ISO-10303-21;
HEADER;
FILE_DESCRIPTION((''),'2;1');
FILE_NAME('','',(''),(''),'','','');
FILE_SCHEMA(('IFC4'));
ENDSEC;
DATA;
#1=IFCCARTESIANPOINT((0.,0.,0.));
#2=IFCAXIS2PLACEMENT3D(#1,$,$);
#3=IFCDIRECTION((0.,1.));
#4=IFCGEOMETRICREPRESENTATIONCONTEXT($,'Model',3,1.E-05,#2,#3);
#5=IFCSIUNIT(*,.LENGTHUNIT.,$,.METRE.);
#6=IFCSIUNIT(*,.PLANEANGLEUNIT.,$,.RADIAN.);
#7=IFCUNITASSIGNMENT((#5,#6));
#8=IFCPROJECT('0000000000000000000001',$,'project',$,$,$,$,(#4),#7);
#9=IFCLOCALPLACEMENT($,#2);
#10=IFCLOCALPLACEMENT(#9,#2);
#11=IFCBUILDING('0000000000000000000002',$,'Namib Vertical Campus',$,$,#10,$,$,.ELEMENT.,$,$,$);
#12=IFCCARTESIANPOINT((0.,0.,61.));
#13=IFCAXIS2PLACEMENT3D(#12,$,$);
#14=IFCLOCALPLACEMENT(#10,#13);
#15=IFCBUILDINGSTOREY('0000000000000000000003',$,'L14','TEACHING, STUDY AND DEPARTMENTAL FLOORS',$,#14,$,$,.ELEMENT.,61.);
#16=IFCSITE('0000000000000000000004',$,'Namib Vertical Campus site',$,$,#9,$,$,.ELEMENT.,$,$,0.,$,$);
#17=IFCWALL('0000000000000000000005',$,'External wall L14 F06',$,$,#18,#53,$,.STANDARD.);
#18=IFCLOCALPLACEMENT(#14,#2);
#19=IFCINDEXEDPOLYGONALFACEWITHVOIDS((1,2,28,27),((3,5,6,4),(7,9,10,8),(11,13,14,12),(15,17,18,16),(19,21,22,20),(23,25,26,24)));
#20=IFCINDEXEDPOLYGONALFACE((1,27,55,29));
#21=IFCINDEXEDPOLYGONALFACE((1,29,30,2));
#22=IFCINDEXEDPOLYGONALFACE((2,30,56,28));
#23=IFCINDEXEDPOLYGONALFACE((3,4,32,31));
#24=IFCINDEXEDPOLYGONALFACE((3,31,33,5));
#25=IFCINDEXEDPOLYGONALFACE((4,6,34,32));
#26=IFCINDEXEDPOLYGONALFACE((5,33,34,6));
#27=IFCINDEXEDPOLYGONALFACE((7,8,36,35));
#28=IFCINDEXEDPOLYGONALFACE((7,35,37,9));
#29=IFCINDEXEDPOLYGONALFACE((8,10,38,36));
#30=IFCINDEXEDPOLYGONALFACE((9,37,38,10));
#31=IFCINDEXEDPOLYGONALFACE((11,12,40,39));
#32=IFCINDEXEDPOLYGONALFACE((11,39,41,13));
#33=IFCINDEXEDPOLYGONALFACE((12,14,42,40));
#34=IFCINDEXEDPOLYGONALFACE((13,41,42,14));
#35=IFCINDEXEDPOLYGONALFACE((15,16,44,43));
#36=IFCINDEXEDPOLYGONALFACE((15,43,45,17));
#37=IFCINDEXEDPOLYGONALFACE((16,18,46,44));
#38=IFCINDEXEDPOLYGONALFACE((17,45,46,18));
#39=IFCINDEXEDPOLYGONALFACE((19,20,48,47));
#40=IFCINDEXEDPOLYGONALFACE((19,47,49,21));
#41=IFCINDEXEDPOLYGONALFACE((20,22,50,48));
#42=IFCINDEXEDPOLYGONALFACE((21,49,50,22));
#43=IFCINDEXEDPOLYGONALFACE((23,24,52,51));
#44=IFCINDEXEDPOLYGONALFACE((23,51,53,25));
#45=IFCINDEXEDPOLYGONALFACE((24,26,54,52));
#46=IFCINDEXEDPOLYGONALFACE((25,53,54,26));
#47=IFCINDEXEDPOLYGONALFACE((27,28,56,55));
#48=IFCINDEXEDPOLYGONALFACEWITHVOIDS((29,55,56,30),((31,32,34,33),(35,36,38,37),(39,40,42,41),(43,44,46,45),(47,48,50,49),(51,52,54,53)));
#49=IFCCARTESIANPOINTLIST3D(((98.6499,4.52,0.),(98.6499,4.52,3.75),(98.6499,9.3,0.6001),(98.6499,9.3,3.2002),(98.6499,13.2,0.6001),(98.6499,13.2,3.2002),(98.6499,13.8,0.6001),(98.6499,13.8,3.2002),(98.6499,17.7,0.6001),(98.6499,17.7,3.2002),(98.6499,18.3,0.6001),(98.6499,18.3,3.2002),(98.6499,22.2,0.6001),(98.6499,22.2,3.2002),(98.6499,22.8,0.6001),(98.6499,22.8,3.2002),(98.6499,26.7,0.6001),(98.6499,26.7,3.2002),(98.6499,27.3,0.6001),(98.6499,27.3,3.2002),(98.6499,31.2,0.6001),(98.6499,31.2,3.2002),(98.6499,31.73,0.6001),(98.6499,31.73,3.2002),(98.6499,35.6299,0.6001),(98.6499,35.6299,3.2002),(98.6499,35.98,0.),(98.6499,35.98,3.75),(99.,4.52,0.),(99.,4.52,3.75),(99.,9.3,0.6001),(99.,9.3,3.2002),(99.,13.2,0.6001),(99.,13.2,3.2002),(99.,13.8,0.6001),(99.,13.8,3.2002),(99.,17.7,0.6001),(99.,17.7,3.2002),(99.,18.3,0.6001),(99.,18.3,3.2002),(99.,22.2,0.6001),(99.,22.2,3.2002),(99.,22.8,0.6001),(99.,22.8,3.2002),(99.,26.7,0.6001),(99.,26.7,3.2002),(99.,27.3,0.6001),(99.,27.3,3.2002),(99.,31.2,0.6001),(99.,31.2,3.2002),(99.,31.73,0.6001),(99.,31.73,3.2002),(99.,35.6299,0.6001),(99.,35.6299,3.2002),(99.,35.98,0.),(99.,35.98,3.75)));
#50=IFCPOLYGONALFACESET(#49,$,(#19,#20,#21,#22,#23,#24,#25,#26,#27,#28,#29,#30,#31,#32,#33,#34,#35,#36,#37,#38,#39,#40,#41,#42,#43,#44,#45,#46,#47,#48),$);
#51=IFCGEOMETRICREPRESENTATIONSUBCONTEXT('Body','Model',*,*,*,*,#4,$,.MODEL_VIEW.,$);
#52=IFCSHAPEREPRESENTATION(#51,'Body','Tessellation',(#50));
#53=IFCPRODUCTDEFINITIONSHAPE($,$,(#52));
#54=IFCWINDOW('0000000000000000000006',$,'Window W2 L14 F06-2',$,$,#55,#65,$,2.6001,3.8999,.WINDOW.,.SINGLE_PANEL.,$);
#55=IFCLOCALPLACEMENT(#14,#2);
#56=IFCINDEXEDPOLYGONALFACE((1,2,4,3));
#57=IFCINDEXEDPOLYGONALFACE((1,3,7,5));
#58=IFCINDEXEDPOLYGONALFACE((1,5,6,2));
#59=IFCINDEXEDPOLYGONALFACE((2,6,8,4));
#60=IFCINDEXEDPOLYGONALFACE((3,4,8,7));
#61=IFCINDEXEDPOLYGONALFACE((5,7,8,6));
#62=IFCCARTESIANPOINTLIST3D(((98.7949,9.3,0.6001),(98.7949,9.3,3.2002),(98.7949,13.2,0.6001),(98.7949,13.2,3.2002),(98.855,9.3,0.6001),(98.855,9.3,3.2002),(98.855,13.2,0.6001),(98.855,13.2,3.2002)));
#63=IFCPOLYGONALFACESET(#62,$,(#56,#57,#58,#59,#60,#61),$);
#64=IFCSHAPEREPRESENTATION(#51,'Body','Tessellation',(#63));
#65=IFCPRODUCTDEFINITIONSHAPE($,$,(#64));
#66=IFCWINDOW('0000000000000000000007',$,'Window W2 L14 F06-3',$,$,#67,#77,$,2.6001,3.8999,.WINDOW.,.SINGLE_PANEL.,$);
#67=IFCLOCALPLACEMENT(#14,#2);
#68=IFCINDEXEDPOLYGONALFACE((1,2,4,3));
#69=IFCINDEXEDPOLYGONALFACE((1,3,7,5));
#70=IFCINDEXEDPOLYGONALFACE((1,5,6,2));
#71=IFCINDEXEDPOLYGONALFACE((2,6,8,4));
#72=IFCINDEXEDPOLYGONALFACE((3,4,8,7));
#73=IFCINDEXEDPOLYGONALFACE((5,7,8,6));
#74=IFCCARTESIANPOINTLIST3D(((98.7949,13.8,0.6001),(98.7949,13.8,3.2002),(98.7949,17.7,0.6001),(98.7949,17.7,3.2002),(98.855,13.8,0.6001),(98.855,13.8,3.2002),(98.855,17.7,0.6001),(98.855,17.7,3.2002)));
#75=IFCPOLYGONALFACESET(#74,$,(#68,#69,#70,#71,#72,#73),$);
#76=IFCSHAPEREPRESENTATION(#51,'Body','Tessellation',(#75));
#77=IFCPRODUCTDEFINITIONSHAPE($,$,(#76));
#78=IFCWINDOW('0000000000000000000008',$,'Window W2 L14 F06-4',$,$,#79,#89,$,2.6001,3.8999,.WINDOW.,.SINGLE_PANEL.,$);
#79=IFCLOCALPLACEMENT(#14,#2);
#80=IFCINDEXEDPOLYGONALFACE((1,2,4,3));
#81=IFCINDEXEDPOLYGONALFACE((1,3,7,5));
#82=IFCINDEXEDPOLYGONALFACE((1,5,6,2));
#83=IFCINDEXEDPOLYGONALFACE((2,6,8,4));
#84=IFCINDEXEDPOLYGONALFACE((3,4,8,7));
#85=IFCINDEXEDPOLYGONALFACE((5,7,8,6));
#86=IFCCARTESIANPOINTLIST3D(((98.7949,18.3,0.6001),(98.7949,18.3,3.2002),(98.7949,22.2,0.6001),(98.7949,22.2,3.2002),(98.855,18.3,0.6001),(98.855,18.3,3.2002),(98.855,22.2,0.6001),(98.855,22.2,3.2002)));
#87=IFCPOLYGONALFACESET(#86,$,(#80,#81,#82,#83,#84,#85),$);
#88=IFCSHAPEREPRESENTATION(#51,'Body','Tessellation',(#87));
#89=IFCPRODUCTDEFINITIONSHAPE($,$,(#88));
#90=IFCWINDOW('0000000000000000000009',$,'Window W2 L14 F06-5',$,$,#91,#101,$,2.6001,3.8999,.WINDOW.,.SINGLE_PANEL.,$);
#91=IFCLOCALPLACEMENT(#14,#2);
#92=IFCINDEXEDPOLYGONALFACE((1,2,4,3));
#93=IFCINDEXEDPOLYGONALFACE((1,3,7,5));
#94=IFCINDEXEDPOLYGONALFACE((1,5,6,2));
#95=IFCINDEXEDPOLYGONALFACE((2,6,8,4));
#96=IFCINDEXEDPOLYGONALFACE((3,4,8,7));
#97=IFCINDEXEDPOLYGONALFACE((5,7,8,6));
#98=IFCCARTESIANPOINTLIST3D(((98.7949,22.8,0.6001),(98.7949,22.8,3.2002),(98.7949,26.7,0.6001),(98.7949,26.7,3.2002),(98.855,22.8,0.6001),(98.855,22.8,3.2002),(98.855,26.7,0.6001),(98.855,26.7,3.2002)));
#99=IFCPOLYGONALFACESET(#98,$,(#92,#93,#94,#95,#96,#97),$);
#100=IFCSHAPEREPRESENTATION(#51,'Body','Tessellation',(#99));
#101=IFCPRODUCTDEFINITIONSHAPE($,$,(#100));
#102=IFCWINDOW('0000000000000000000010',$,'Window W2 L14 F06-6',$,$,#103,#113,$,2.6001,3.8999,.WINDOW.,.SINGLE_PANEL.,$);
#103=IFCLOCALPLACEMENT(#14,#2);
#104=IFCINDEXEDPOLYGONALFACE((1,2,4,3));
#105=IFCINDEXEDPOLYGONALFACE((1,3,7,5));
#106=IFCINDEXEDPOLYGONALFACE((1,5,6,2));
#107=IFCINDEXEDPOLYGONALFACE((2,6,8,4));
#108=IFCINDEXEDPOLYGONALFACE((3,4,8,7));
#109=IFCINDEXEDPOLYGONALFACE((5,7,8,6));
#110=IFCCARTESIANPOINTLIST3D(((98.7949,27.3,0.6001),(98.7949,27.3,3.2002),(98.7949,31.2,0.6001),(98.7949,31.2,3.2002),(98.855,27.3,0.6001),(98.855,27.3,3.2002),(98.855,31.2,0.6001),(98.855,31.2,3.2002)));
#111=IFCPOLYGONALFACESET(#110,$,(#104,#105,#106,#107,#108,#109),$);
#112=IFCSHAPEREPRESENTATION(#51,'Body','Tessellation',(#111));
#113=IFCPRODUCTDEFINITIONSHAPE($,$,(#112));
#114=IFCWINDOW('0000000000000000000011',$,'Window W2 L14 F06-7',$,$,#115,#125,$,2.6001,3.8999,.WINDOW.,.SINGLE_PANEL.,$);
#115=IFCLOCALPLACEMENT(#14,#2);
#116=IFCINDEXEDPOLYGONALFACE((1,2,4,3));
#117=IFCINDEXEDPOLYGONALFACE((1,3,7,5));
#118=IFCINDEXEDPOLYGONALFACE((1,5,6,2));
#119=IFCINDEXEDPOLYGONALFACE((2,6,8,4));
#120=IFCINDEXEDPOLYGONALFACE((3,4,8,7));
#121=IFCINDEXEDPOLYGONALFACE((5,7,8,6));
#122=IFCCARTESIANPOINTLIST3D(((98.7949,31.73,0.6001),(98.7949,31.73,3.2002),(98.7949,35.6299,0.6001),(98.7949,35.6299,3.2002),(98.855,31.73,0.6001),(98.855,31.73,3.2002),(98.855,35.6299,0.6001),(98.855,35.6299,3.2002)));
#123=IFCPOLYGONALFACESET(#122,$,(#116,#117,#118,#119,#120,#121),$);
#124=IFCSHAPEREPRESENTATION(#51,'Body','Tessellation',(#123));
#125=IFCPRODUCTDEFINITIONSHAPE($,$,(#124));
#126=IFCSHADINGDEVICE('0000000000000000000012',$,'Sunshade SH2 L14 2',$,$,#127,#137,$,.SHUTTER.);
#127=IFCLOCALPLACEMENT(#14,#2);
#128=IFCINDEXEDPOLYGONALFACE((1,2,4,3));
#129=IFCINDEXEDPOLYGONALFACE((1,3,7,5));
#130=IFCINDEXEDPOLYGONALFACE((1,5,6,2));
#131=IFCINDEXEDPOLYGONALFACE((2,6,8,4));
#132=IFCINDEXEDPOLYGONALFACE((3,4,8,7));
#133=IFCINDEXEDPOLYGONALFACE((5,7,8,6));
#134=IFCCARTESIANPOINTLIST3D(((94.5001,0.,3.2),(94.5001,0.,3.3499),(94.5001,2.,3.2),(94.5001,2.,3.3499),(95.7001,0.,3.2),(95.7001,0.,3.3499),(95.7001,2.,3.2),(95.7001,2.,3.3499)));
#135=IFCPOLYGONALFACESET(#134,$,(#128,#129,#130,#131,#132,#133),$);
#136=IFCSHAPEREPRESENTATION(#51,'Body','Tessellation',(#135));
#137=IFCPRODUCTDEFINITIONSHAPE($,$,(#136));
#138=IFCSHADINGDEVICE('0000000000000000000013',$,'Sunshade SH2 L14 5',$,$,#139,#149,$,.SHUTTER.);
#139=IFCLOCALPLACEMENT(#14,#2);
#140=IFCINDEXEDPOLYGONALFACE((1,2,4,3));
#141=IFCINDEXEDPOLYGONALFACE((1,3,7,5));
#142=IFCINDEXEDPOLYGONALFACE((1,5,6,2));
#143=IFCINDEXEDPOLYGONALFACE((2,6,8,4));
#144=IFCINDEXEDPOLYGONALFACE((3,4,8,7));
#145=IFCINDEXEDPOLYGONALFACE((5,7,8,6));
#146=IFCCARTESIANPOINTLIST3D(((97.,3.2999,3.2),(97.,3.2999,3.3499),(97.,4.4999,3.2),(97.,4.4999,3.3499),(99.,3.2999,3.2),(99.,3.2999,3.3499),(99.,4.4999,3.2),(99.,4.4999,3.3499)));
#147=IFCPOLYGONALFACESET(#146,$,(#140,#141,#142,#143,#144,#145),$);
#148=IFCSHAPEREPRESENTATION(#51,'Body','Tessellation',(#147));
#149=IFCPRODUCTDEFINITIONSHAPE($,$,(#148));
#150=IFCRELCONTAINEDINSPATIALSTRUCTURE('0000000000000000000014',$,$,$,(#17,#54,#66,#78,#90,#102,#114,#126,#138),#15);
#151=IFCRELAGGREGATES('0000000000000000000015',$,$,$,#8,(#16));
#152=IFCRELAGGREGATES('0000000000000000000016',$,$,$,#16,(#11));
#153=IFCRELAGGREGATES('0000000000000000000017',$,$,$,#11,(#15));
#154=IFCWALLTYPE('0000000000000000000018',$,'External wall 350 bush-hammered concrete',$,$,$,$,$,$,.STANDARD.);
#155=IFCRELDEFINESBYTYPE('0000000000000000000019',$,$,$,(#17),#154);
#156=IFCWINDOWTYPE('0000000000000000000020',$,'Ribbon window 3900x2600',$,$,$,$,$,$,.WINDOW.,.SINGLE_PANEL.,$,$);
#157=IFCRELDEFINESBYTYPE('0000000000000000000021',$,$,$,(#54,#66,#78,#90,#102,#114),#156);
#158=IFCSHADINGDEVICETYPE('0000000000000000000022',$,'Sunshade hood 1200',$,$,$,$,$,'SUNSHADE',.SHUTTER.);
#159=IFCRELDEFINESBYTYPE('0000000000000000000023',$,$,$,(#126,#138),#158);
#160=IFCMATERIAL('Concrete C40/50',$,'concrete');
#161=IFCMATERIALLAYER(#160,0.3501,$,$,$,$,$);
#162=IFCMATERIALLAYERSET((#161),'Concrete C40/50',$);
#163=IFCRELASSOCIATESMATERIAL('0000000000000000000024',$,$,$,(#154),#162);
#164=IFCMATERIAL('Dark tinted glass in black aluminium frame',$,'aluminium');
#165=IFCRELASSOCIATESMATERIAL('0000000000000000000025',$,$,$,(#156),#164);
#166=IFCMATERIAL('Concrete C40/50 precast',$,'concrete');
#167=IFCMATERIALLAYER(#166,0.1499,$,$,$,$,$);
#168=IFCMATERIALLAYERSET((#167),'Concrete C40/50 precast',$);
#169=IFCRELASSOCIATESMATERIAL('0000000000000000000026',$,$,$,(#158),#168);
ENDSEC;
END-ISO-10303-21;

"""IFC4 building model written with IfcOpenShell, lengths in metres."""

from ifc_helpers import new_model, si_unit, direction, frame, frame_2d, origin, origin_2d, place, context, subcontext, project, spatial, rectangle, extrude, material, layer, layer_set, type_object, element, fill, save


model = new_model("IFC4")

# Units and contexts
model_context = context("Model", 3, precision=1e-05, world=origin(), true_north=direction((0.0, 1.0)))
body_context = subcontext(model_context, "Body", "Model", "MODEL_VIEW")
ifc_project = project(units=[si_unit("LENGTHUNIT", "METRE"), si_unit("PLANEANGLEUNIT", "RADIAN")], contexts=[model_context])

# Site, building, storey
site_placement = place(None, origin())
site = spatial("IfcSite", under=ifc_project, at=site_placement, Name="Namib Vertical Campus site", CompositionType="ELEMENT", RefElevation=0.0)
building_placement = place(site_placement, origin())
building = spatial("IfcBuilding", under=site, at=building_placement, Name="Namib Vertical Campus", CompositionType="ELEMENT")
storey_placement = place(building_placement, frame((0.0, 0.0, 61.0)))
storey = spatial("IfcBuildingStorey", under=building, at=storey_placement, Name="L14", Description="TEACHING, STUDY AND DEPARTMENTAL FLOORS", CompositionType="ELEMENT", Elevation=61.0)

# Shared definitions
ifc_material_1 = material(Name="Concrete C40/50", Category="concrete")
ifc_layer_1 = layer(ifc_material_1, 0.3501)
ifc_layer_set_1 = layer_set([ifc_layer_1], Name="Concrete C40/50")
wall_type = type_object("IfcWallType", Name="External wall 350 bush-hammered concrete", PredefinedType="STANDARD", material=ifc_layer_set_1)

# Wall, openings, windows
wall_1_placement = place(storey_placement, frame((98.825, 4.52, 0.0), z_axis=(0.0, 0.0, 1.0), x_axis=(0.0, 1.0, 0.0)))
wall_1 = element("IfcWall", 1, at=wall_1_placement, inside=storey, type_object=wall_type, Name="External wall L14 F06", PredefinedType="STANDARD", context=body_context, shape_type="SweptSolid", body=[
    extrude(rectangle(XDim=31.46, YDim=0.3501, at=frame_2d((15.73, 0.0))), origin(), (0.0, 0.0, 1.0), 3.75),
])
opening_1_placement = place(wall_1_placement, frame((4.78, 0.0, 0.6001)))
opening_1 = element("IfcOpeningElement", 2, at=opening_1_placement, cuts=wall_1, PredefinedType="OPENING", context=body_context, shape_type="SweptSolid", body=[
    extrude(rectangle(XDim=3.8999, YDim=2.6001, at=frame_2d((1.95, 1.3))), frame((0.0, 0.1851, 0.0), z_axis=(0.0, -1.0, 0.0), x_axis=(1.0, 0.0, 0.0)), (0.0, 0.0, 1.0), 0.3701),
])
opening_2_placement = place(wall_1_placement, frame((9.28, 0.0, 0.6001)))
opening_2 = element("IfcOpeningElement", 3, at=opening_2_placement, cuts=wall_1, PredefinedType="OPENING", context=body_context, shape_type="SweptSolid", body=[
    extrude(rectangle(XDim=3.8999, YDim=2.6001, at=frame_2d((1.95, 1.3))), frame((0.0, 0.1851, 0.0), z_axis=(0.0, -1.0, 0.0), x_axis=(1.0, 0.0, 0.0)), (0.0, 0.0, 1.0), 0.3701),
])
opening_3_placement = place(wall_1_placement, frame((13.78, 0.0, 0.6001)))
opening_3 = element("IfcOpeningElement", 4, at=opening_3_placement, cuts=wall_1, PredefinedType="OPENING", context=body_context, shape_type="SweptSolid", body=[
    extrude(rectangle(XDim=3.8999, YDim=2.6001, at=frame_2d((1.95, 1.3))), frame((0.0, 0.1851, 0.0), z_axis=(0.0, -1.0, 0.0), x_axis=(1.0, 0.0, 0.0)), (0.0, 0.0, 1.0), 0.3701),
])
opening_4_placement = place(wall_1_placement, frame((18.28, 0.0, 0.6001)))
opening_4 = element("IfcOpeningElement", 5, at=opening_4_placement, cuts=wall_1, PredefinedType="OPENING", context=body_context, shape_type="SweptSolid", body=[
    extrude(rectangle(XDim=3.8999, YDim=2.6001, at=frame_2d((1.95, 1.3))), frame((0.0, 0.1851, 0.0), z_axis=(0.0, -1.0, 0.0), x_axis=(1.0, 0.0, 0.0)), (0.0, 0.0, 1.0), 0.3701),
])
opening_5_placement = place(wall_1_placement, frame((22.78, 0.0, 0.6001)))
opening_5 = element("IfcOpeningElement", 6, at=opening_5_placement, cuts=wall_1, PredefinedType="OPENING", context=body_context, shape_type="SweptSolid", body=[
    extrude(rectangle(XDim=3.8999, YDim=2.6001, at=frame_2d((1.95, 1.3))), frame((0.0, 0.1851, 0.0), z_axis=(0.0, -1.0, 0.0), x_axis=(1.0, 0.0, 0.0)), (0.0, 0.0, 1.0), 0.3701),
])
opening_6_placement = place(wall_1_placement, frame((27.21, 0.0, 0.6001)))
opening_6 = element("IfcOpeningElement", 7, at=opening_6_placement, cuts=wall_1, PredefinedType="OPENING", context=body_context, shape_type="SweptSolid", body=[
    extrude(rectangle(XDim=3.8999, YDim=2.6001, at=frame_2d((1.95, 1.3))), frame((0.0, 0.1851, 0.0), z_axis=(0.0, -1.0, 0.0), x_axis=(1.0, 0.0, 0.0)), (0.0, 0.0, 1.0), 0.3701),
])
ifc_material_2 = material(Name="Dark tinted glass in black aluminium frame", Category="aluminium")
window_type = type_object("IfcWindowType", Name="Ribbon window 3900x2600", PartitioningType="SINGLE_PANEL", PredefinedType="WINDOW", material=ifc_material_2)
window_1_placement = place(opening_1_placement, origin())
window_1 = element("IfcWindow", 8, at=window_1_placement, inside=storey, type_object=window_type, Name="Window W2 L14 F06-2", OverallHeight=2.6001, OverallWidth=3.8999, PartitioningType="SINGLE_PANEL", PredefinedType="WINDOW", context=body_context, shape_type="SweptSolid", body=[
    extrude(rectangle(XDim=3.8999, YDim=2.6001, at=frame_2d((1.95, 1.3))), frame((0.0, 0.03, 0.0), z_axis=(0.0, -1.0, 0.0), x_axis=(1.0, 0.0, 0.0)), (0.0, 0.0, 1.0), 0.0601),
])
fill(opening_1, window_1)
window_2_placement = place(opening_2_placement, origin())
window_2 = element("IfcWindow", 9, at=window_2_placement, inside=storey, type_object=window_type, Name="Window W2 L14 F06-3", OverallHeight=2.6001, OverallWidth=3.8999, PartitioningType="SINGLE_PANEL", PredefinedType="WINDOW", context=body_context, shape_type="SweptSolid", body=[
    extrude(rectangle(XDim=3.8999, YDim=2.6001, at=frame_2d((1.95, 1.3))), frame((0.0, 0.03, 0.0), z_axis=(0.0, -1.0, 0.0), x_axis=(1.0, 0.0, 0.0)), (0.0, 0.0, 1.0), 0.0601),
])
fill(opening_2, window_2)
window_3_placement = place(opening_3_placement, origin())
window_3 = element("IfcWindow", 10, at=window_3_placement, inside=storey, type_object=window_type, Name="Window W2 L14 F06-4", OverallHeight=2.6001, OverallWidth=3.8999, PartitioningType="SINGLE_PANEL", PredefinedType="WINDOW", context=body_context, shape_type="SweptSolid", body=[
    extrude(rectangle(XDim=3.8999, YDim=2.6001, at=frame_2d((1.95, 1.3))), frame((0.0, 0.03, 0.0), z_axis=(0.0, -1.0, 0.0), x_axis=(1.0, 0.0, 0.0)), (0.0, 0.0, 1.0), 0.0601),
])
fill(opening_3, window_3)
window_4_placement = place(opening_4_placement, origin())
window_4 = element("IfcWindow", 11, at=window_4_placement, inside=storey, type_object=window_type, Name="Window W2 L14 F06-5", OverallHeight=2.6001, OverallWidth=3.8999, PartitioningType="SINGLE_PANEL", PredefinedType="WINDOW", context=body_context, shape_type="SweptSolid", body=[
    extrude(rectangle(XDim=3.8999, YDim=2.6001, at=frame_2d((1.95, 1.3))), frame((0.0, 0.03, 0.0), z_axis=(0.0, -1.0, 0.0), x_axis=(1.0, 0.0, 0.0)), (0.0, 0.0, 1.0), 0.0601),
])
fill(opening_4, window_4)
window_5_placement = place(opening_5_placement, origin())
window_5 = element("IfcWindow", 12, at=window_5_placement, inside=storey, type_object=window_type, Name="Window W2 L14 F06-6", OverallHeight=2.6001, OverallWidth=3.8999, PartitioningType="SINGLE_PANEL", PredefinedType="WINDOW", context=body_context, shape_type="SweptSolid", body=[
    extrude(rectangle(XDim=3.8999, YDim=2.6001, at=frame_2d((1.95, 1.3))), frame((0.0, 0.03, 0.0), z_axis=(0.0, -1.0, 0.0), x_axis=(1.0, 0.0, 0.0)), (0.0, 0.0, 1.0), 0.0601),
])
fill(opening_5, window_5)
window_6_placement = place(opening_6_placement, origin())
window_6 = element("IfcWindow", 13, at=window_6_placement, inside=storey, type_object=window_type, Name="Window W2 L14 F06-7", OverallHeight=2.6001, OverallWidth=3.8999, PartitioningType="SINGLE_PANEL", PredefinedType="WINDOW", context=body_context, shape_type="SweptSolid", body=[
    extrude(rectangle(XDim=3.8999, YDim=2.6001, at=frame_2d((1.95, 1.3))), frame((0.0, 0.03, 0.0), z_axis=(0.0, -1.0, 0.0), x_axis=(1.0, 0.0, 0.0)), (0.0, 0.0, 1.0), 0.0601),
])
fill(opening_6, window_6)

# Shading devices
ifc_material_3 = material(Name="Concrete C40/50 precast", Category="concrete")
ifc_layer_2 = layer(ifc_material_3, 0.1499)
ifc_layer_set_2 = layer_set([ifc_layer_2], Name="Concrete C40/50 precast")
shading_device_type = type_object("IfcShadingDeviceType", Name="Sunshade hood 1200", ElementType="SUNSHADE", PredefinedType="SHUTTER", material=ifc_layer_set_2)
for number, where, z_axis, x_axis, name in (
    (14, (95.1001, 1.0, 3.2), (0.0, 0.0, 1.0), (0.0, 1.0, 0.0), "Sunshade SH2 L14 2"),
    (15, (98.0, 3.8999, 3.2), (0.0, 0.0, 1.0), (1.0, 0.0, 0.0), "Sunshade SH2 L14 5"),
):
    element("IfcShadingDevice", number, at=place(storey_placement, frame(where, z_axis=z_axis, x_axis=x_axis)), inside=storey, type_object=shading_device_type, Name=name, PredefinedType="SHUTTER", context=body_context, shape_type="SweptSolid", body=[
        extrude(rectangle(XDim=2.0, YDim=1.2, at=origin_2d()), origin(), (0.0, 0.0, 1.0), 0.1499),
    ])

save(model, "model.ifc")
